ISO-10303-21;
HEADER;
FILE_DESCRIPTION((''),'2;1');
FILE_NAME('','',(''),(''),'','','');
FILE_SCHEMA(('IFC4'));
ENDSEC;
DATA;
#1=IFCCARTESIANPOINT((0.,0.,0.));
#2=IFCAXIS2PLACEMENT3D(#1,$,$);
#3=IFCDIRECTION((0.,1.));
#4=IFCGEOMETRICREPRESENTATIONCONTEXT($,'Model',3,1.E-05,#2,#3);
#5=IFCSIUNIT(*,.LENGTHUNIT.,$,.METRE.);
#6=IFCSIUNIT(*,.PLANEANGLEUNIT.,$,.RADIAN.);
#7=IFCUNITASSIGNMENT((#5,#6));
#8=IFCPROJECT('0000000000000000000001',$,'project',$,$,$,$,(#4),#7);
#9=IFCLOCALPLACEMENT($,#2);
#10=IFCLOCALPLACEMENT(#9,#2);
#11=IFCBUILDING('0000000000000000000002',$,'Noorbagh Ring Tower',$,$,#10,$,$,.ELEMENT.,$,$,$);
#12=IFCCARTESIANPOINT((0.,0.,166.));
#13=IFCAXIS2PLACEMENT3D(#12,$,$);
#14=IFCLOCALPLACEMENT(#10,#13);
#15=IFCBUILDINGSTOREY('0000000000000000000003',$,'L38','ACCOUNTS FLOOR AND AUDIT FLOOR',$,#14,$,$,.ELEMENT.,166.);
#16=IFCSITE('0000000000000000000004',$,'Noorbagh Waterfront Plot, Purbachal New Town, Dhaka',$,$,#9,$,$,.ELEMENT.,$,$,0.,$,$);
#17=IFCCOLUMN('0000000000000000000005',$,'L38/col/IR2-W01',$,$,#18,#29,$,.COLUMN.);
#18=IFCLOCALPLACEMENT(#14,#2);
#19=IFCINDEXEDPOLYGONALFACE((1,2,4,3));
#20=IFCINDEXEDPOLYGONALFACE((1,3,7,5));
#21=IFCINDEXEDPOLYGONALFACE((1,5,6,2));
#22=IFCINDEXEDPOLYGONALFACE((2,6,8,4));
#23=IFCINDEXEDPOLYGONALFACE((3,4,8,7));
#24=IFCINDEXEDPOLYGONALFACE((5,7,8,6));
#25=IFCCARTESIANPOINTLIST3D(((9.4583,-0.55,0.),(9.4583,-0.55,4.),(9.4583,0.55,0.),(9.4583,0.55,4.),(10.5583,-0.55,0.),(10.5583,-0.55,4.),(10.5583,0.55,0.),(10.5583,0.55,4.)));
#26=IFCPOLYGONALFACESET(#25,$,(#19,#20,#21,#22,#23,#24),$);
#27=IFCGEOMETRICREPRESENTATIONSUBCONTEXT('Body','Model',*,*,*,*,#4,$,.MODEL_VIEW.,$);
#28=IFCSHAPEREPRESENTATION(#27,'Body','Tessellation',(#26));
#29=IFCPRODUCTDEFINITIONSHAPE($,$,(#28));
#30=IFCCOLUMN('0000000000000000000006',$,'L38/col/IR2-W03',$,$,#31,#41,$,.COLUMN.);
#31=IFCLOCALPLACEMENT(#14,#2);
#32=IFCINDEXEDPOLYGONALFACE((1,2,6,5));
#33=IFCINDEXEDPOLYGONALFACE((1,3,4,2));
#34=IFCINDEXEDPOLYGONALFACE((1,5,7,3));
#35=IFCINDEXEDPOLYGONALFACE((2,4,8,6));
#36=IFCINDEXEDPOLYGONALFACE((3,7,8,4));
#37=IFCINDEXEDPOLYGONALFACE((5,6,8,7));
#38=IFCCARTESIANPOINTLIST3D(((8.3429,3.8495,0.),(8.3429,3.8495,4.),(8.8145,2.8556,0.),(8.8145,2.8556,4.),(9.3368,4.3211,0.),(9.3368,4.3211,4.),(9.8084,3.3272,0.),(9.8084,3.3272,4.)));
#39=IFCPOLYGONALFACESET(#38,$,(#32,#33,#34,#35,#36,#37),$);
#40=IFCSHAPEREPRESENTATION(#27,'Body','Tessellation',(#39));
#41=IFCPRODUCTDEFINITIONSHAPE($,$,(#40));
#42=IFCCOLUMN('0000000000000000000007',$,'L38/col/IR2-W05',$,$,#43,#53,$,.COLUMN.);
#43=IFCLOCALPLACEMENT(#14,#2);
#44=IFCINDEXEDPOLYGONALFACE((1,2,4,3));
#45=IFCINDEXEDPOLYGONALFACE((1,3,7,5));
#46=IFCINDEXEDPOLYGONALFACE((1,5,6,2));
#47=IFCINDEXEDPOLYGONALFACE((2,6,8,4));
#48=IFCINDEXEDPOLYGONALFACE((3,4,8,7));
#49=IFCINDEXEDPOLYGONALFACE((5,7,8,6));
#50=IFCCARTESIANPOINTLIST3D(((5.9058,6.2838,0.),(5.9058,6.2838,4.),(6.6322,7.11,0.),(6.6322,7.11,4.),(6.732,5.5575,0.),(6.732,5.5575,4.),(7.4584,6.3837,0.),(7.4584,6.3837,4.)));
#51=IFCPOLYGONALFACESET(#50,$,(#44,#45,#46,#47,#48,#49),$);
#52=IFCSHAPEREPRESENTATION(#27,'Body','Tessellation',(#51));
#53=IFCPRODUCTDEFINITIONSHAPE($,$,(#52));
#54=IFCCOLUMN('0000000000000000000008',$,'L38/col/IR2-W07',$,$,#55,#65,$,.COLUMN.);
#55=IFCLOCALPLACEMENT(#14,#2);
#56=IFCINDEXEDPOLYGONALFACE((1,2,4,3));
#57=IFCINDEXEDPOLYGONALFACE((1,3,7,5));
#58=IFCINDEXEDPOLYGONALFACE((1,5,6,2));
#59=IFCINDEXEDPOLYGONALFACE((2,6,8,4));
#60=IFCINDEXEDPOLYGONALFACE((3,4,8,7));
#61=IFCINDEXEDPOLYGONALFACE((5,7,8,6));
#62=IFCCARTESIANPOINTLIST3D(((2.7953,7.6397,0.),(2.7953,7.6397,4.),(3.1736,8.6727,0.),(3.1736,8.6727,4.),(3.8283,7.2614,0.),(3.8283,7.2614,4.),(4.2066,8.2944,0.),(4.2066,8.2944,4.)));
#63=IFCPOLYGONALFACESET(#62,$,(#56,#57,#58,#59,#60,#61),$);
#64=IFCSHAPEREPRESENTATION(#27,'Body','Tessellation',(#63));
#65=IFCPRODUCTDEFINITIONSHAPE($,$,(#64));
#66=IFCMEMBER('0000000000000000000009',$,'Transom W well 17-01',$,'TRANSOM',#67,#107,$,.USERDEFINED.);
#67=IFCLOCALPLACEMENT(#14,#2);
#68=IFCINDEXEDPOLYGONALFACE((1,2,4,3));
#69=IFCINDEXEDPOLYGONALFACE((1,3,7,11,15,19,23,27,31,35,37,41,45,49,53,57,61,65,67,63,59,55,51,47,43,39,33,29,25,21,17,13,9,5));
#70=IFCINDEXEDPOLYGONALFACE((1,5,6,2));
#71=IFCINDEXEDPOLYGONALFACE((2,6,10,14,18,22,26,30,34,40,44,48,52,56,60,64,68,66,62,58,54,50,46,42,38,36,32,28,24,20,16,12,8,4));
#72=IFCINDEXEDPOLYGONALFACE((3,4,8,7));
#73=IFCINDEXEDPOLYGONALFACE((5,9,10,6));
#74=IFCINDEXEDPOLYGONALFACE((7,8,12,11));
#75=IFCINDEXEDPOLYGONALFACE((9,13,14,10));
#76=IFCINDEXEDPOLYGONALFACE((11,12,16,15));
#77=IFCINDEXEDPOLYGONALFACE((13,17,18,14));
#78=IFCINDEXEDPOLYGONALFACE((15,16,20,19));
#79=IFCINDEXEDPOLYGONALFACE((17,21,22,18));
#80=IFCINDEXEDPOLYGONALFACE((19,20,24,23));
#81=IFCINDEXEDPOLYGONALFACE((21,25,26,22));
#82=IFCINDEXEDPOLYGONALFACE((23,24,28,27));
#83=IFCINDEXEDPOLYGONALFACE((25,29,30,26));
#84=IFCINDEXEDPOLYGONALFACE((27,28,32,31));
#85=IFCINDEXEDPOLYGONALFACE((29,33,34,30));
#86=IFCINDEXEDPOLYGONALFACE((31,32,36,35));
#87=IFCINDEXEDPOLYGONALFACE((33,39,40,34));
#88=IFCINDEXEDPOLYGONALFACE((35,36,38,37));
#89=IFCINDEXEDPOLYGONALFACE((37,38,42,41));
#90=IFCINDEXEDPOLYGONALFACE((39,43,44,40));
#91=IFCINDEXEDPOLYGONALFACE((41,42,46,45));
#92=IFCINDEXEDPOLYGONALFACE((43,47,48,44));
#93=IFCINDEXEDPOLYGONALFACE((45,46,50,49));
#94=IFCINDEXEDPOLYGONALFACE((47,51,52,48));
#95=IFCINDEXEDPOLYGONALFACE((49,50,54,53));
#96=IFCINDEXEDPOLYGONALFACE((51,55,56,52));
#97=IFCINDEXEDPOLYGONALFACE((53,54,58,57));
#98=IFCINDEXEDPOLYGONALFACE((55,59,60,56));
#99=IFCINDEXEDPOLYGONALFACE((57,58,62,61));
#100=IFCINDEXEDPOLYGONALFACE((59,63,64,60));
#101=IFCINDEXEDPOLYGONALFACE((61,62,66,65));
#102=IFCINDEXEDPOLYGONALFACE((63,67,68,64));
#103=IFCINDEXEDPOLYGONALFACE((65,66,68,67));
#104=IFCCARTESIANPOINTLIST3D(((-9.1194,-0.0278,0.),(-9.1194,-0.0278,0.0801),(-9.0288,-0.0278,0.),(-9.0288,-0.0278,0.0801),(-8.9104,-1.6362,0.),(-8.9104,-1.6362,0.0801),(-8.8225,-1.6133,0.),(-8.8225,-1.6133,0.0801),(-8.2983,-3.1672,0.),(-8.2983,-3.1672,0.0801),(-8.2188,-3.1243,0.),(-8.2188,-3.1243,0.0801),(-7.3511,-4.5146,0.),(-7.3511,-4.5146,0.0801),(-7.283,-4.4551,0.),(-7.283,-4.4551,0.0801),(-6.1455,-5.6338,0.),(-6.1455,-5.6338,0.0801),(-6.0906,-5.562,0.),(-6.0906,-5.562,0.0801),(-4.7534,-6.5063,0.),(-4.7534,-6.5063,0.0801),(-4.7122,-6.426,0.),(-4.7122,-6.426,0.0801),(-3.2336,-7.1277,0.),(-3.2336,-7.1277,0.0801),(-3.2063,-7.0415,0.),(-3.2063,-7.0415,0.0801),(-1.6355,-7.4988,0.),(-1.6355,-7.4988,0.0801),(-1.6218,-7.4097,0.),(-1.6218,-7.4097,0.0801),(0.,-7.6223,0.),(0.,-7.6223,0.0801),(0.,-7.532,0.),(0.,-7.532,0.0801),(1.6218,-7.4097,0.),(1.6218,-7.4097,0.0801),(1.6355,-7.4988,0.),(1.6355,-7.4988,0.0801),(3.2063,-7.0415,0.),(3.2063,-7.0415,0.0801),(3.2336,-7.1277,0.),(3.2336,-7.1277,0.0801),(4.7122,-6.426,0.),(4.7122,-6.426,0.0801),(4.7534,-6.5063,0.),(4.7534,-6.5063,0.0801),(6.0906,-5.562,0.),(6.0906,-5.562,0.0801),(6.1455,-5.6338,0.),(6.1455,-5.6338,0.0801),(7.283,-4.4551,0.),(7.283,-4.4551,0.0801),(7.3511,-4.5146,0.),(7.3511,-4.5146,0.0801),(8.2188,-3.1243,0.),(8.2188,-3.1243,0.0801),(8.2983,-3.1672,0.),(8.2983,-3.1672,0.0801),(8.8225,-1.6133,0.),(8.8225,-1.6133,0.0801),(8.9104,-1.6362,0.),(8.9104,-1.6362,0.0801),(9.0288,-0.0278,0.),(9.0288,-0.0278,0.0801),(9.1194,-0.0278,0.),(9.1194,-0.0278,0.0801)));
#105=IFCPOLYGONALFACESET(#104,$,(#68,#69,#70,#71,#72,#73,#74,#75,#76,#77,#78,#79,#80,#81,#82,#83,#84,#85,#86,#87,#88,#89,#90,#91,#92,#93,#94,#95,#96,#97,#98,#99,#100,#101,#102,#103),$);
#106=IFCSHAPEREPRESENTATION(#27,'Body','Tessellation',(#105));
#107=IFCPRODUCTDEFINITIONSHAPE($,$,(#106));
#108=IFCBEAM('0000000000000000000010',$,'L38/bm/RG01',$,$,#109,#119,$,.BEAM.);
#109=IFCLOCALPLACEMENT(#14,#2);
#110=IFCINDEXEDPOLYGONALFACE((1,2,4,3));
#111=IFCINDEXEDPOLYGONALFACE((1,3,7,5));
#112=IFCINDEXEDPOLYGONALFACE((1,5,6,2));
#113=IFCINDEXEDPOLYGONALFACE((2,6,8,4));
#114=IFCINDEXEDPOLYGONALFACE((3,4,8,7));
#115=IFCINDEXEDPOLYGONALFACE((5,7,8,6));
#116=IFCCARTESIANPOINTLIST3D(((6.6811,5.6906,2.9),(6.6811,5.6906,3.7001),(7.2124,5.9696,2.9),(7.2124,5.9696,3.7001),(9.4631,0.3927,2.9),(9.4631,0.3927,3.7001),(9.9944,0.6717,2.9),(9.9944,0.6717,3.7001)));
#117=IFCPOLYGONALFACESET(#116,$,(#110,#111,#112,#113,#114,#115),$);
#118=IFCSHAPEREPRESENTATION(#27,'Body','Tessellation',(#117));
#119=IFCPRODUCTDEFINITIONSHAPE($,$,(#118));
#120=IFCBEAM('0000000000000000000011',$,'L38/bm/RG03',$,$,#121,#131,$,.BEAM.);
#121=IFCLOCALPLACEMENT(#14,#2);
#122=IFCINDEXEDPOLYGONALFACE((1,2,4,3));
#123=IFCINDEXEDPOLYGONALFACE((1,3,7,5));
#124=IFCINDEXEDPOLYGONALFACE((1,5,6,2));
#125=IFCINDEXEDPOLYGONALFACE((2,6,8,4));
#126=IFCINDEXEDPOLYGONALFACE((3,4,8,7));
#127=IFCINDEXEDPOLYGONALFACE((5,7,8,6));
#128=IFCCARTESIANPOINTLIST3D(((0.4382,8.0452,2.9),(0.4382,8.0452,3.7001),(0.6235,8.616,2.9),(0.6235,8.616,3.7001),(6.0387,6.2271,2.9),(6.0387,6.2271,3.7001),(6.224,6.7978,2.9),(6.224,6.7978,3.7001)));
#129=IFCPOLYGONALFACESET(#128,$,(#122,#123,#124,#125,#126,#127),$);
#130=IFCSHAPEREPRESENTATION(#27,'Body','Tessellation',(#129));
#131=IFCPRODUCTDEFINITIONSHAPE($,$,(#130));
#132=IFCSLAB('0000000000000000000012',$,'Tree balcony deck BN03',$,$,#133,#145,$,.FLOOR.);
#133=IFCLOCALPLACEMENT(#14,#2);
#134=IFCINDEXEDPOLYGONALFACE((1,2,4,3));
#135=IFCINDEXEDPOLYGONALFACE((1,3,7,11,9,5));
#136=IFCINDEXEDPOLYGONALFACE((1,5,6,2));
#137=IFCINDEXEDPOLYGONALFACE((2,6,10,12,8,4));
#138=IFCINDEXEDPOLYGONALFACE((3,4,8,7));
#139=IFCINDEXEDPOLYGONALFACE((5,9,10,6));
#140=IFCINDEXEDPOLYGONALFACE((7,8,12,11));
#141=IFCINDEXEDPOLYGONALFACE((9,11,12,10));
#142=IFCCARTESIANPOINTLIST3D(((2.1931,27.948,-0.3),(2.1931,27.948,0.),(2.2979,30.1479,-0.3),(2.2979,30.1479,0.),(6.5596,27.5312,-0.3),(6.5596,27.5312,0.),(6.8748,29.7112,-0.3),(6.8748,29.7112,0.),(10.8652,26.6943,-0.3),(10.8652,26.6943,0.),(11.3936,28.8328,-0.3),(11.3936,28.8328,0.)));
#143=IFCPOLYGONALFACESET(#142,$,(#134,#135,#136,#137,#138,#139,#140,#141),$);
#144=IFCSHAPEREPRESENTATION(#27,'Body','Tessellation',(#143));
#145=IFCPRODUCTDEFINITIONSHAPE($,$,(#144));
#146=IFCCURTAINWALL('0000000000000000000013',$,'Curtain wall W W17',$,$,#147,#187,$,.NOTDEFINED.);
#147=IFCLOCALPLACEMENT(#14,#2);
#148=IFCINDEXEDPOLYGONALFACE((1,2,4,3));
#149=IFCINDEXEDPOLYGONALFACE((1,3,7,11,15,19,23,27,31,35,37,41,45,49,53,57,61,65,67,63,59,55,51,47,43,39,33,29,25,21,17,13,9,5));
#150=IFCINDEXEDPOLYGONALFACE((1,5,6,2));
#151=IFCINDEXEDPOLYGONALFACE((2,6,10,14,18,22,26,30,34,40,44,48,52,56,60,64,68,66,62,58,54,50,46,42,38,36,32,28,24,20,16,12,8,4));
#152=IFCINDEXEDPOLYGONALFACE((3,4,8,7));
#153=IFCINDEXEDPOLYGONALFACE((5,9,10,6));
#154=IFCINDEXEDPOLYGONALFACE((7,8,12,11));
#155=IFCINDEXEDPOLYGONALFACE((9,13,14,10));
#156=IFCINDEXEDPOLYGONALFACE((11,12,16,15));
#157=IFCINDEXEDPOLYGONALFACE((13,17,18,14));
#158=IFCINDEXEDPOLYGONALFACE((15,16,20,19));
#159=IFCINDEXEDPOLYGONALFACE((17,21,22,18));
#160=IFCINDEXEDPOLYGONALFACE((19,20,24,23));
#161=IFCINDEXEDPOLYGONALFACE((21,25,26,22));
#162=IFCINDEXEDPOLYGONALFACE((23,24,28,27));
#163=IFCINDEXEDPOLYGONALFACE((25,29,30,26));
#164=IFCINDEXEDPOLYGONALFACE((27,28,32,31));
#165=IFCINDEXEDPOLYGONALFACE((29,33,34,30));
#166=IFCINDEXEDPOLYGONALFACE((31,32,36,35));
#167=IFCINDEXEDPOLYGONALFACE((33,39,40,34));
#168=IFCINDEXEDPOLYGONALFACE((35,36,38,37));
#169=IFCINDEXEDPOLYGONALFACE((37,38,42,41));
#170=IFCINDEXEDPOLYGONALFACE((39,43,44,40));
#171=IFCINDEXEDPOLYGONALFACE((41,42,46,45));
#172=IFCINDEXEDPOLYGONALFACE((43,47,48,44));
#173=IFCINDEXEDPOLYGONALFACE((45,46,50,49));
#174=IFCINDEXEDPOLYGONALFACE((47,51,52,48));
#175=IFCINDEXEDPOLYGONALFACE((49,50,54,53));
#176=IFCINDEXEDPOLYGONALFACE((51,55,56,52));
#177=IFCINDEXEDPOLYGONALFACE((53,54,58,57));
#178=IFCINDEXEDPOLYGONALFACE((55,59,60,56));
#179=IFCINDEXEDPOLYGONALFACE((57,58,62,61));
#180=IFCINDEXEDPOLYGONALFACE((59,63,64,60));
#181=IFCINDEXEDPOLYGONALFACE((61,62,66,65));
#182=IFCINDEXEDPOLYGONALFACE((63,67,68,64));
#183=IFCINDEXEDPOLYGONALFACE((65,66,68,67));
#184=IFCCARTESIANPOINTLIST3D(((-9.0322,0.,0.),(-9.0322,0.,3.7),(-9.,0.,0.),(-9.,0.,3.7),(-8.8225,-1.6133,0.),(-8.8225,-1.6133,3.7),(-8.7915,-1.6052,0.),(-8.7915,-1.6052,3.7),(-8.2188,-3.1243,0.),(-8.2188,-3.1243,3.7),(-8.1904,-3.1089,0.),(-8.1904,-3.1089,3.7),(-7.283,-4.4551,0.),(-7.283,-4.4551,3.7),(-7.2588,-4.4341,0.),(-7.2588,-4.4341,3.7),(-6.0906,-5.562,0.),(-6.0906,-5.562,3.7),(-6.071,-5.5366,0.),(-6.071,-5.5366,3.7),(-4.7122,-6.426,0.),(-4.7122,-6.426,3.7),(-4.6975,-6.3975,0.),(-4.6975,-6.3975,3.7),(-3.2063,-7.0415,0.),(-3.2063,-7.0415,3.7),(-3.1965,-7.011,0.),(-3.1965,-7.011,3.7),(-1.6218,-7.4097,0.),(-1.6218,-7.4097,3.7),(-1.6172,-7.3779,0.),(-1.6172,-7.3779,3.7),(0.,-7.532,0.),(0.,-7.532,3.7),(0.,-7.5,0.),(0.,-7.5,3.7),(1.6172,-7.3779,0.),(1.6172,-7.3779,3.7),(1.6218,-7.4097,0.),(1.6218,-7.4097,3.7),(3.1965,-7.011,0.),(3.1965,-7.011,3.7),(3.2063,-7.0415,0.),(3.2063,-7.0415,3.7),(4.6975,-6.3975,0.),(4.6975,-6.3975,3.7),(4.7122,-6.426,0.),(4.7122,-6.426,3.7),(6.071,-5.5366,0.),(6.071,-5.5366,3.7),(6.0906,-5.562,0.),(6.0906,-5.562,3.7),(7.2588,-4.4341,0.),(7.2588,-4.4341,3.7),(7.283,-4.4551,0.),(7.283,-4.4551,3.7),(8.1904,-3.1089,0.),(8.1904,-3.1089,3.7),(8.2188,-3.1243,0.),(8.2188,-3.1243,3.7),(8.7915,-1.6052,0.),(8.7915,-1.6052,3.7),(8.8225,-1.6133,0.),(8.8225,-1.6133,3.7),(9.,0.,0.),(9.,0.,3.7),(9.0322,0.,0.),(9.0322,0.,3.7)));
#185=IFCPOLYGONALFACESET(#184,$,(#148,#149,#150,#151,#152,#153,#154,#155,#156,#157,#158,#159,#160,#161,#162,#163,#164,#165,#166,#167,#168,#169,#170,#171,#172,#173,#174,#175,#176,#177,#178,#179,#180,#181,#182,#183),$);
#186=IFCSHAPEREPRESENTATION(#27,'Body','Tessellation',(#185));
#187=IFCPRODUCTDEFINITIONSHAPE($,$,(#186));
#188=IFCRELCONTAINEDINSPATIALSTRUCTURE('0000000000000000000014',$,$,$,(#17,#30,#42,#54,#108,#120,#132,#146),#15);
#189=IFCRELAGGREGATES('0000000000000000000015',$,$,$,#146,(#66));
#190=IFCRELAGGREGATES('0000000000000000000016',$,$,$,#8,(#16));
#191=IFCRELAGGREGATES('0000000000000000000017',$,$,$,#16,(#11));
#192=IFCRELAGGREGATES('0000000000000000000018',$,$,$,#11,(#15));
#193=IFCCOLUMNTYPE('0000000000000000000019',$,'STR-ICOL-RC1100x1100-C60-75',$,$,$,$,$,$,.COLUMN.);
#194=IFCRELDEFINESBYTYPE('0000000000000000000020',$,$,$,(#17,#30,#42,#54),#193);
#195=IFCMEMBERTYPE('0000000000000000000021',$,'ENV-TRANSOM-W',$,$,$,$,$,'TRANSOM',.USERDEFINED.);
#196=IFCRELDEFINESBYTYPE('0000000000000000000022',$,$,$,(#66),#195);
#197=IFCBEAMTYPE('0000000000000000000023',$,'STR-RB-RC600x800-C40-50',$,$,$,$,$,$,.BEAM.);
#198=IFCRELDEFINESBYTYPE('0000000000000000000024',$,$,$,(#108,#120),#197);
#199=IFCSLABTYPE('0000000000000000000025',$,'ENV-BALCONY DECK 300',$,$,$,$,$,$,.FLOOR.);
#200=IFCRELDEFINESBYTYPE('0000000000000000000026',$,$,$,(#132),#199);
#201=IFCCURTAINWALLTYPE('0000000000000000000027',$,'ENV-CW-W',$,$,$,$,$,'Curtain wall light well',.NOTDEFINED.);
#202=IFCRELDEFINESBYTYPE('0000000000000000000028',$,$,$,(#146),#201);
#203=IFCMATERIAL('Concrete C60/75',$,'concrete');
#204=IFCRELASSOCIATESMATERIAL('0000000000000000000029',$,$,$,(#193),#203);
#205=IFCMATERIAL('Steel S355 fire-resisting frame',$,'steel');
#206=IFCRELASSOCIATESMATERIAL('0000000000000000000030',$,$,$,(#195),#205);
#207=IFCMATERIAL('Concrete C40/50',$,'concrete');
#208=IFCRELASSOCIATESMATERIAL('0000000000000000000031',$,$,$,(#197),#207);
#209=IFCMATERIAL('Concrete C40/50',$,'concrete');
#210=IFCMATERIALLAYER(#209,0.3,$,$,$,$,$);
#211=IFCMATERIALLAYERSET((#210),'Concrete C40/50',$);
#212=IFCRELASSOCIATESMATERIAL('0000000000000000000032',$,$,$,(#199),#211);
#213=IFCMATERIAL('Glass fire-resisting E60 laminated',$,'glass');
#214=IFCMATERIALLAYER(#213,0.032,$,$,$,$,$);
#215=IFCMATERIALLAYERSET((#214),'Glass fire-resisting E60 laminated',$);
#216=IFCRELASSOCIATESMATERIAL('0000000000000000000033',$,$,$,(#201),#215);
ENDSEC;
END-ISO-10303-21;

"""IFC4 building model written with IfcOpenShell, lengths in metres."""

from ifc_helpers import new_model, si_unit, direction, frame, origin, origin_2d, place, context, subcontext, project, spatial, polyline, rectangle, outline, extrude, material, layer, layer_set, material_profile, profile_set, type_object, element, aggregate, save


model = new_model("IFC4")

# Units and contexts
model_context = context("Model", 3, precision=1e-05, world=origin(), true_north=direction((0.0, 1.0)))
body_context = subcontext(model_context, "Body", "Model", "MODEL_VIEW")
ifc_project = project(units=[si_unit("LENGTHUNIT", "METRE"), si_unit("PLANEANGLEUNIT", "RADIAN")], contexts=[model_context])

# Site, building, storey
site_placement = place(None, origin())
site = spatial("IfcSite", under=ifc_project, at=site_placement, Name="Noorbagh Waterfront Plot, Purbachal New Town, Dhaka", CompositionType="ELEMENT", RefElevation=0.0)
building_placement = place(site_placement, origin())
building = spatial("IfcBuilding", under=site, at=building_placement, Name="Noorbagh Ring Tower", CompositionType="ELEMENT")
storey_placement = place(building_placement, frame((0.0, 0.0, 166.0)))
storey = spatial("IfcBuildingStorey", under=building, at=storey_placement, Name="L38", Description="ACCOUNTS FLOOR AND AUDIT FLOOR", CompositionType="ELEMENT", Elevation=166.0)

# Columns
ifc_material_1 = material(Name="Concrete C60/75", Category="concrete")
ifc_material_profile_1 = material_profile(ifc_material_1, rectangle(XDim=1.1001, YDim=1.1001, at=origin_2d()), Name="RC1100x1100")
ifc_profile_set_1 = profile_set([ifc_material_profile_1], Name="Concrete C60/75")
column_type = type_object("IfcColumnType", Name="STR-ICOL-RC1100x1100-C60-75", PredefinedType="COLUMN", material=ifc_profile_set_1)
for number, where, z_axis, x_axis, name in (
    (1, (10.0083, 0.0, 0.0), (0.0, 0.0, 1.0), (0.0, 1.0, 0.0), "L38/col/IR2-W01"),
    (2, (9.0757, 3.5884, 0.0), (0.0, 0.0, 1.0), (-0.428667, 0.903463, 0.0), "L38/col/IR2-W03"),
    (3, (6.6821, 6.3337, 0.0), (0.0, 0.0, 1.0), (-0.751022, 0.660277, 0.0), "L38/col/IR2-W05"),
    (4, (3.501, 7.967, 0.0), (0.0, 0.0, 1.0), (-0.93902, 0.343864, 0.0), "L38/col/IR2-W07"),
):
    element("IfcColumn", number, at=place(storey_placement, frame(where, z_axis=z_axis, x_axis=x_axis)), inside=storey, type_object=column_type, Name=name, PredefinedType="COLUMN", context=body_context, shape_type="SweptSolid", body=[
        extrude(rectangle(XDim=1.1001, YDim=1.1001, at=origin_2d()), origin(), (0.0, 0.0, 1.0), 4.0),
    ])

# Member
ifc_material_2 = material(Name="Steel S355 fire-resisting frame", Category="steel")
member_type = type_object("IfcMemberType", Name="ENV-TRANSOM-W", ElementType="TRANSOM", PredefinedType="USERDEFINED", material=ifc_material_2)
member_placement = place(storey_placement, origin())
member = element("IfcMember", 5, at=member_placement, type_object=member_type, Name="Transom W well 17-01", ObjectType="TRANSOM", PredefinedType="USERDEFINED", context=body_context, shape_type="SweptSolid", body=[
    extrude(outline(polyline([(-9.1194, -0.0278), (-8.9104, -1.6362), (-8.2983, -3.1672), (-7.3511, -4.5146), (-6.1455, -5.6338), (-4.7534, -6.5063), (-3.2336, -7.1277), (-1.6355, -7.4988), (0.0, -7.6223), (1.6355, -7.4988), (3.2336, -7.1277), (4.7534, -6.5063), (6.1455, -5.6338), (7.3511, -4.5146), (8.2983, -3.1672), (8.9104, -1.6362), (9.1194, -0.0278), (9.0288, -0.0278), (8.8225, -1.6133), (8.2188, -3.1243), (7.283, -4.4551), (6.0906, -5.562), (4.7122, -6.426), (3.2063, -7.0415), (1.6218, -7.4097), (0.0, -7.532), (-1.6218, -7.4097), (-3.2063, -7.0415), (-4.7122, -6.426), (-6.0906, -5.562), (-7.283, -4.4551), (-8.2188, -3.1243), (-8.8225, -1.6133), (-9.0288, -0.0278), (-9.1194, -0.0278)])), origin(), (0.0, 0.0, 1.0), 0.0801),
])

# Beams
ifc_material_3 = material(Name="Concrete C40/50", Category="concrete")
ifc_material_profile_2 = material_profile(ifc_material_3, rectangle(XDim=0.6001, YDim=0.8, at=origin_2d()), Name="RC600x800")
ifc_profile_set_2 = profile_set([ifc_material_profile_2], Name="Concrete C40/50")
beam_type = type_object("IfcBeamType", Name="STR-RB-RC600x800-C40-50", PredefinedType="BEAM", material=ifc_profile_set_2)
beam_1_placement = place(storey_placement, frame((9.7288, 0.5322, 3.3), z_axis=(-0.464914, 0.885356, 0.0), x_axis=(-0.885356, -0.464914, 0.0)))
element("IfcBeam", 6, at=beam_1_placement, inside=storey, type_object=beam_type, Name="L38/bm/RG01", PredefinedType="BEAM", context=body_context, shape_type="SweptSolid", body=[
    extrude(rectangle(XDim=0.6001, YDim=0.8, at=origin_2d()), origin(), (0.0, 0.0, 1.0), 5.9839),
])
beam_2_placement = place(storey_placement, frame((6.1313, 6.5125, 3.3), z_axis=(-0.951134, 0.308779, 0.0), x_axis=(-0.308779, -0.951134, 0.0)))
element("IfcBeam", 7, at=beam_2_placement, inside=storey, type_object=beam_type, Name="L38/bm/RG03", PredefinedType="BEAM", context=body_context, shape_type="SweptSolid", body=[
    extrude(rectangle(XDim=0.6001, YDim=0.8, at=origin_2d()), origin(), (0.0, 0.0, 1.0), 5.8882),
])

# Slab
ifc_material_4 = material(Name="Concrete C40/50", Category="concrete")
ifc_layer_1 = layer(ifc_material_4, 0.3)
ifc_layer_set_1 = layer_set([ifc_layer_1], Name="Concrete C40/50")
slab_type = type_object("IfcSlabType", Name="ENV-BALCONY DECK 300", PredefinedType="FLOOR", material=ifc_layer_set_1)
slab_1_placement = place(storey_placement, frame((0.0, 0.0, -0.3)))
element("IfcSlab", 8, at=slab_1_placement, inside=storey, type_object=slab_type, Name="Tree balcony deck BN03", PredefinedType="FLOOR", context=body_context, shape_type="SweptSolid", body=[
    extrude(outline(polyline([(11.3936, 28.8328), (6.8748, 29.7112), (2.2979, 30.1479), (2.1931, 27.948), (6.5596, 27.5312), (10.8652, 26.6943), (11.3936, 28.8328)])), origin(), (0.0, 0.0, 1.0), 0.3),
])

# Curtain wall
ifc_material_5 = material(Name="Glass fire-resisting E60 laminated", Category="glass")
ifc_layer_2 = layer(ifc_material_5, 0.032)
ifc_layer_set_2 = layer_set([ifc_layer_2], Name="Glass fire-resisting E60 laminated")
curtain_wall_type = type_object("IfcCurtainWallType", Name="ENV-CW-W", ElementType="Curtain wall light well", PredefinedType="NOTDEFINED", material=ifc_layer_set_2)
curtain_wall_placement = place(storey_placement, origin())
curtain_wall = element("IfcCurtainWall", 9, at=curtain_wall_placement, inside=storey, type_object=curtain_wall_type, Name="Curtain wall W W17", PredefinedType="NOTDEFINED", context=body_context, shape_type="SweptSolid", body=[
    extrude(outline(polyline([(-9.0322, 0.0), (-8.8225, -1.6133), (-8.2188, -3.1243), (-7.283, -4.4551), (-6.0906, -5.562), (-4.7122, -6.426), (-3.2063, -7.0415), (-1.6218, -7.4097), (0.0, -7.532), (1.6218, -7.4097), (3.2063, -7.0415), (4.7122, -6.426), (6.0906, -5.562), (7.283, -4.4551), (8.2188, -3.1243), (8.8225, -1.6133), (9.0322, 0.0), (9.0, 0.0), (8.7915, -1.6052), (8.1904, -3.1089), (7.2588, -4.4341), (6.071, -5.5366), (4.6975, -6.3975), (3.1965, -7.011), (1.6172, -7.3779), (0.0, -7.5), (-1.6172, -7.3779), (-3.1965, -7.011), (-4.6975, -6.3975), (-6.071, -5.5366), (-7.2588, -4.4341), (-8.1904, -3.1089), (-8.7915, -1.6052), (-9.0, 0.0), (-9.0322, 0.0)])), origin(), (0.0, 0.0, 1.0), 3.7),
])
aggregate(curtain_wall, [member])

save(model, "model.ifc")
